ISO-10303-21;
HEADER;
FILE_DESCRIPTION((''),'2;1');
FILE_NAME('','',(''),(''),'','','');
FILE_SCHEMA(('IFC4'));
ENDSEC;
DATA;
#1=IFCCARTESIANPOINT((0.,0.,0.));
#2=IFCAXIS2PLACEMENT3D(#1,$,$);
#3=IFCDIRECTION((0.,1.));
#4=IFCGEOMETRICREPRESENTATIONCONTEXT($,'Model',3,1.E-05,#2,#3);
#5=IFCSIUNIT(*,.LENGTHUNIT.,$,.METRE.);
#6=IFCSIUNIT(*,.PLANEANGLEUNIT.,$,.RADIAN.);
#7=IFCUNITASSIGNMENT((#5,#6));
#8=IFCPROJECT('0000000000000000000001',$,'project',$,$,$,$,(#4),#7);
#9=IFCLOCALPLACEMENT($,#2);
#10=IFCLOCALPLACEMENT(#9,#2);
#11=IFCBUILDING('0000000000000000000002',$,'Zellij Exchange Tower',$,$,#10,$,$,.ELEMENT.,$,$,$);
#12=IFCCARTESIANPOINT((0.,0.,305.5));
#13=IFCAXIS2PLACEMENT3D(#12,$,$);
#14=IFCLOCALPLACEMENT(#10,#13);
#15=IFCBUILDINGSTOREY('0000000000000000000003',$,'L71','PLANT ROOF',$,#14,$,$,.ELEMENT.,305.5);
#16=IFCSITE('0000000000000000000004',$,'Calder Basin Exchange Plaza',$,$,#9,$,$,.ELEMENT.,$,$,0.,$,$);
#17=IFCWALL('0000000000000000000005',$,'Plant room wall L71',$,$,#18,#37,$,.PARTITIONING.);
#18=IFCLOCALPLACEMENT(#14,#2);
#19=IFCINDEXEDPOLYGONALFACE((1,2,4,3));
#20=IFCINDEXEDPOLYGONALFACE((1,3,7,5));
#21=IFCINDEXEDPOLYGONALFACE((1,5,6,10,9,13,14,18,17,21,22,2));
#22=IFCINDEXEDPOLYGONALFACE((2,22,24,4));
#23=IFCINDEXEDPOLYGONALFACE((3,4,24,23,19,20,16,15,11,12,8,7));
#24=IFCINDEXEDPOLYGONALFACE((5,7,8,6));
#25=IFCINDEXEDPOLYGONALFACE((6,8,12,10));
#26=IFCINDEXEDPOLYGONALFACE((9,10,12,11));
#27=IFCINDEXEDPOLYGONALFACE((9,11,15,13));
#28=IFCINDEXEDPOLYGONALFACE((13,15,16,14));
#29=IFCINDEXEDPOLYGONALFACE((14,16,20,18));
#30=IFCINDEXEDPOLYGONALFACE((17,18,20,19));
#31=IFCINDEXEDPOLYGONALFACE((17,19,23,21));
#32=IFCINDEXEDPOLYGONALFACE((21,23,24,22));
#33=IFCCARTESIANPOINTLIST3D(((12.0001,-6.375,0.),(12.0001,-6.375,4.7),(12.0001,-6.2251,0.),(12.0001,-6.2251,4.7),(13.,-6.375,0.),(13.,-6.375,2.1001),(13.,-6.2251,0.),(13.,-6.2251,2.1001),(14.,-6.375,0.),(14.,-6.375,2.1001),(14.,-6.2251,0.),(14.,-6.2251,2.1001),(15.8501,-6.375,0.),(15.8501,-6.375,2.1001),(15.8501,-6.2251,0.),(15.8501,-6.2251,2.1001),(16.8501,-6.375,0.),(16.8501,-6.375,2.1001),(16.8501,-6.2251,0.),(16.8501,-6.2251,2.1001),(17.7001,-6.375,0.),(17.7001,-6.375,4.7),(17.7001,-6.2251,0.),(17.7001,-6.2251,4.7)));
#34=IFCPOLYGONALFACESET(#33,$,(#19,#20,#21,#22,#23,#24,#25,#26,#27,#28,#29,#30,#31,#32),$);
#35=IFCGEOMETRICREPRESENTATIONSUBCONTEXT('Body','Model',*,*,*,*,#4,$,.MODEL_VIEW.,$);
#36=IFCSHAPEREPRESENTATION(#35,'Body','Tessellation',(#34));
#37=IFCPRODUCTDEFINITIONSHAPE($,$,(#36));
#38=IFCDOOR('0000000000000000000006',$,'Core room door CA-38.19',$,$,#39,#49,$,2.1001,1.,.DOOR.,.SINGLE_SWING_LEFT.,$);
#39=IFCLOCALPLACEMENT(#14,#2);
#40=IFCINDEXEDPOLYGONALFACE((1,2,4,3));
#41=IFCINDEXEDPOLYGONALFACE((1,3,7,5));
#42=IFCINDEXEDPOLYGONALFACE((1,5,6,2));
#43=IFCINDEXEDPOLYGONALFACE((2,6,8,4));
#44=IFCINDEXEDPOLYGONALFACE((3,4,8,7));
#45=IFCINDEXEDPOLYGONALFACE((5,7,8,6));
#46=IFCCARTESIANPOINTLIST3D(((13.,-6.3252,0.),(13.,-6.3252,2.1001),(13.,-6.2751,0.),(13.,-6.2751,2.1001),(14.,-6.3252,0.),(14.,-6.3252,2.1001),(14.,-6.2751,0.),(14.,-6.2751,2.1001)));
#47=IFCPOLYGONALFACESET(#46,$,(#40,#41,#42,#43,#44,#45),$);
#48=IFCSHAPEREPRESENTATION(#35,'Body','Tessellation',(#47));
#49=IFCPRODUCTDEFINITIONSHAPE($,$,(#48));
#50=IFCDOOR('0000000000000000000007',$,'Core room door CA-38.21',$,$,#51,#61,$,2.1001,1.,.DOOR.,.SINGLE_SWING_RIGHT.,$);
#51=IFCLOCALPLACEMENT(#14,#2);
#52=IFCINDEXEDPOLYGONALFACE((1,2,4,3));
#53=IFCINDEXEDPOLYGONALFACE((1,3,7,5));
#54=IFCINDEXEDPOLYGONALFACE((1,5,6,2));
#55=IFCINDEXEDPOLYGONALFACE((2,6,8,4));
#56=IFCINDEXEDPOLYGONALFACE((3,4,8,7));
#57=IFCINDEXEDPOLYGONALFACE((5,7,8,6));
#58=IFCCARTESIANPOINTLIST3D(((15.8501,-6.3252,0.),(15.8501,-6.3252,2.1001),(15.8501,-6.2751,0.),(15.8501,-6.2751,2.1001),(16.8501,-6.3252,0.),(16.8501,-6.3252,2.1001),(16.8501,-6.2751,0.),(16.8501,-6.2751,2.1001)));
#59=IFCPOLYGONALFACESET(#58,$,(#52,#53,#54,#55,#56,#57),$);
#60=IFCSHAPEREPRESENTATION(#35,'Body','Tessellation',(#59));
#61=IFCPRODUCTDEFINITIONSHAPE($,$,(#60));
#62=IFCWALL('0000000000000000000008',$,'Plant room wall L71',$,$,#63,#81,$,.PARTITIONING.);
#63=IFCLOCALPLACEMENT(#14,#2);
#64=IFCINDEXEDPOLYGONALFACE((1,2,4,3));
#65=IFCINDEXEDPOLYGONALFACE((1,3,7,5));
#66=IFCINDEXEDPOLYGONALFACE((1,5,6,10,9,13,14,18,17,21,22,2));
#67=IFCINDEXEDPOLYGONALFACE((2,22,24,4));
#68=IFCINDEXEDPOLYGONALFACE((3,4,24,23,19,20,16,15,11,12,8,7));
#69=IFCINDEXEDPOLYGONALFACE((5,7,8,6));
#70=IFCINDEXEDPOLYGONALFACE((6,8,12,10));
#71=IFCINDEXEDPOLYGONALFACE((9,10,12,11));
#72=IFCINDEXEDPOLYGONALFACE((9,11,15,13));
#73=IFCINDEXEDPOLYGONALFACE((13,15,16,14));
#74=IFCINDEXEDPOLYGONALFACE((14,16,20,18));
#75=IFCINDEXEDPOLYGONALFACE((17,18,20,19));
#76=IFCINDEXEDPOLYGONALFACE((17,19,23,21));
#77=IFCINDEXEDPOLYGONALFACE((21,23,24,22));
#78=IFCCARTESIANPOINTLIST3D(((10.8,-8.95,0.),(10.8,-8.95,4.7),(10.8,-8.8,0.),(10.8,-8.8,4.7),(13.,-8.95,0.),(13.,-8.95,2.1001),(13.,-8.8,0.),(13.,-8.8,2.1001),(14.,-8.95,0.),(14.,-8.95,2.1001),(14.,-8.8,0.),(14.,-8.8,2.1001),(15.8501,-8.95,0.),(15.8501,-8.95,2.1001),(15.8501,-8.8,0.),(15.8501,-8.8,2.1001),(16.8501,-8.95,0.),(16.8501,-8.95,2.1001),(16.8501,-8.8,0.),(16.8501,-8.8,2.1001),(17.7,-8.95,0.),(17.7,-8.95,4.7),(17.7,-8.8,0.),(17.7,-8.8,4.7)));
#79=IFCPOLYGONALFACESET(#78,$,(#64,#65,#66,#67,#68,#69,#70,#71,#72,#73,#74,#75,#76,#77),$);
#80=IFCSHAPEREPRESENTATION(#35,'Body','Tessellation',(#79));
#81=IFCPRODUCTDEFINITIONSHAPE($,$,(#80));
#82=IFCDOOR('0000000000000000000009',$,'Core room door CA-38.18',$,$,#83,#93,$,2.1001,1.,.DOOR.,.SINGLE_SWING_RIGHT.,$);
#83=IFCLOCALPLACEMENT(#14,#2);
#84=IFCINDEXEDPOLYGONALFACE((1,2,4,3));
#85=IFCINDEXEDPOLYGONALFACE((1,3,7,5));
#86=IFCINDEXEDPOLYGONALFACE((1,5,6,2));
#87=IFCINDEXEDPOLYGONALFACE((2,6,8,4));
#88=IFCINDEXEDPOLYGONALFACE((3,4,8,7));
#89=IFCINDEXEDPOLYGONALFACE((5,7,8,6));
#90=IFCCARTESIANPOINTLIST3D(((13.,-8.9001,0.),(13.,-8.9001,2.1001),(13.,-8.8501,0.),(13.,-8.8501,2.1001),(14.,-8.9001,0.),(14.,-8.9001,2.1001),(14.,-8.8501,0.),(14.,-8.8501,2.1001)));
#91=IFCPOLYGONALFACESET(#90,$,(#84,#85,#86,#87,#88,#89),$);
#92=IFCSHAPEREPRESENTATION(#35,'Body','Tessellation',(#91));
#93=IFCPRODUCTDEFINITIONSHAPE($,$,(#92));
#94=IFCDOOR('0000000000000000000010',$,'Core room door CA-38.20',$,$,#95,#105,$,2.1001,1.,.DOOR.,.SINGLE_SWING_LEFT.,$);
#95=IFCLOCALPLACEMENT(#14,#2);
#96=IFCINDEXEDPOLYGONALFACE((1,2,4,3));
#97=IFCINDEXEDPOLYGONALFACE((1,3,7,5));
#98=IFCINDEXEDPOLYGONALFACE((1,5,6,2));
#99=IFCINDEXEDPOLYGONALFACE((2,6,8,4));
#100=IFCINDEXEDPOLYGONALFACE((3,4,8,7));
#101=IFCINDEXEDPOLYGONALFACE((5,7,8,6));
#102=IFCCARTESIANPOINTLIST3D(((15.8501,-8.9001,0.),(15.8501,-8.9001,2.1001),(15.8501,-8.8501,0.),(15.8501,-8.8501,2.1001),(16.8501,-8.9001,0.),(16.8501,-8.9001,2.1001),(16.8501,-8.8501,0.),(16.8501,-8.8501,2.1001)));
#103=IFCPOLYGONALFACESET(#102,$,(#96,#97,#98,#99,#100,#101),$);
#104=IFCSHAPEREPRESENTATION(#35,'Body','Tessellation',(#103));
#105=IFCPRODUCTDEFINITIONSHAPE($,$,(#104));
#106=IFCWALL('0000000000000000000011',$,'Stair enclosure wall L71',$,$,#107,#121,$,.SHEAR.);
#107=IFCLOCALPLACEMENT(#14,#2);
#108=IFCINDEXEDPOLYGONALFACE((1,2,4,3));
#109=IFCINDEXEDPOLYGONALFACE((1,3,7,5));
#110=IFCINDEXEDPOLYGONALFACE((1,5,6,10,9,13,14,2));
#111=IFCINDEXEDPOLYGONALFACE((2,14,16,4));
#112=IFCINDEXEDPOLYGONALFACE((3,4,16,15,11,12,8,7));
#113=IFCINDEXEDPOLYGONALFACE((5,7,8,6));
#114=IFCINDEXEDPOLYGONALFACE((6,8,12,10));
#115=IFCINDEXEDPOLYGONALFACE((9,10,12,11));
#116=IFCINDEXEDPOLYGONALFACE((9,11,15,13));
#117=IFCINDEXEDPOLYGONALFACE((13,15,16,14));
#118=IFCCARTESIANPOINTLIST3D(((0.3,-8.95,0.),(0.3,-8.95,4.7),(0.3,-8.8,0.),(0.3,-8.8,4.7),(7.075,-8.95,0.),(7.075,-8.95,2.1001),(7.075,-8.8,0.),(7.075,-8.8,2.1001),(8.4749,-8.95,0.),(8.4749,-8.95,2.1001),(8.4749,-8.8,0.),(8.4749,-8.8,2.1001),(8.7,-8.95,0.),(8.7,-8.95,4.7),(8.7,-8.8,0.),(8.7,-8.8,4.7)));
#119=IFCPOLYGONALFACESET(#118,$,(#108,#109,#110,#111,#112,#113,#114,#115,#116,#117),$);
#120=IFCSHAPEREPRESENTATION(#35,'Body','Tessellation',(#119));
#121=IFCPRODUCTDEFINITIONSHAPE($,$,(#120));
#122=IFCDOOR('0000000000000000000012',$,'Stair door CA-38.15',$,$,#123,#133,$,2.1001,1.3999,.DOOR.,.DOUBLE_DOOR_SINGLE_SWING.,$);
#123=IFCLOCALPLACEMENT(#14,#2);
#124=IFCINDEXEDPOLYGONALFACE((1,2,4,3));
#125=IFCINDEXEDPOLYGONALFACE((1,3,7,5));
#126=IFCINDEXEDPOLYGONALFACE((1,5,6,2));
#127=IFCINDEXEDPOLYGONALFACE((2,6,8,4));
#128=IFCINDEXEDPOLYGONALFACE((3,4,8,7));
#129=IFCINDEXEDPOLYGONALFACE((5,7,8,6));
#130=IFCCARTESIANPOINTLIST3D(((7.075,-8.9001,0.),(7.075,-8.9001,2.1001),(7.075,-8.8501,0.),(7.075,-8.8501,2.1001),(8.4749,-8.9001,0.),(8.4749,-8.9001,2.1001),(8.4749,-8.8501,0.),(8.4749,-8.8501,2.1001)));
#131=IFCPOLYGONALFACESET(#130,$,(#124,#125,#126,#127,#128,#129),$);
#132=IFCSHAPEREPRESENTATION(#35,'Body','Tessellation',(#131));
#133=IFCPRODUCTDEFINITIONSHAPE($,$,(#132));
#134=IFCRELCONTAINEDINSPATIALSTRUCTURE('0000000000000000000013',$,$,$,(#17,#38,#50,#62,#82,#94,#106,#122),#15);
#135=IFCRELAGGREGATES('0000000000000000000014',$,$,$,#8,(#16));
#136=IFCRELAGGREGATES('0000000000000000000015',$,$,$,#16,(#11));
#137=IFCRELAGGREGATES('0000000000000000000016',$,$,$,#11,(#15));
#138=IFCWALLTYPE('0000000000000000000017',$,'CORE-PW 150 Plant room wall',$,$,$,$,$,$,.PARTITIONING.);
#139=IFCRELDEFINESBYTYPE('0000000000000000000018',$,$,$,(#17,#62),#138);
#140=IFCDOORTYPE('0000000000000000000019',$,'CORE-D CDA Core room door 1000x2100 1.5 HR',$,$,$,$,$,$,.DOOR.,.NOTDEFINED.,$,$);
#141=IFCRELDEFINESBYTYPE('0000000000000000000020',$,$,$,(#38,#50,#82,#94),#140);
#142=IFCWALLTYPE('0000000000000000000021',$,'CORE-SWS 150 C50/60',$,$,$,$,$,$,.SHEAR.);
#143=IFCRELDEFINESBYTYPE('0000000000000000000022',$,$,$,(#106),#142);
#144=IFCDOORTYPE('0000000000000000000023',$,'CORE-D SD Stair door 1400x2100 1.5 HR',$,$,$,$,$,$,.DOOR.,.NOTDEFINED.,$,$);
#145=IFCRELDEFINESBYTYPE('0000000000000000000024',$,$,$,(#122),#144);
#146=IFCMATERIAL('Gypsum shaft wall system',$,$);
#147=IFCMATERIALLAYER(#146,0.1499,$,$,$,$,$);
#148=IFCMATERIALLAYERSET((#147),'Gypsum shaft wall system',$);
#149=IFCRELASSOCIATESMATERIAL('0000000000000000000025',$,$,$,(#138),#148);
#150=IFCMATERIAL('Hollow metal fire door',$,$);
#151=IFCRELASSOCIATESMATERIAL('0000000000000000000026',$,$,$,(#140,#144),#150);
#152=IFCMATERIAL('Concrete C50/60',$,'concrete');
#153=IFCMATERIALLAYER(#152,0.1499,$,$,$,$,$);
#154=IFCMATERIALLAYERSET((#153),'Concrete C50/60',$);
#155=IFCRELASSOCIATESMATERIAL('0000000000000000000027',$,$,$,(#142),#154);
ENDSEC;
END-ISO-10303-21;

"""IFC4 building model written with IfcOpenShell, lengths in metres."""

from ifc_helpers import new_model, si_unit, direction, frame, frame_2d, origin, place, context, subcontext, project, spatial, rectangle, extrude, material, layer, layer_set, type_object, element, fill, save


model = new_model("IFC4")

# Units and contexts
model_context = context("Model", 3, precision=1e-05, world=origin(), true_north=direction((0.0, 1.0)))
body_context = subcontext(model_context, "Body", "Model", "MODEL_VIEW")
ifc_project = project(units=[si_unit("LENGTHUNIT", "METRE"), si_unit("PLANEANGLEUNIT", "RADIAN")], contexts=[model_context])

# Site, building, storey
site_placement = place(None, origin())
site = spatial("IfcSite", under=ifc_project, at=site_placement, Name="Calder Basin Exchange Plaza", CompositionType="ELEMENT", RefElevation=0.0)
building_placement = place(site_placement, origin())
building = spatial("IfcBuilding", under=site, at=building_placement, Name="Zellij Exchange Tower", CompositionType="ELEMENT")
storey_placement = place(building_placement, frame((0.0, 0.0, 305.5)))
storey = spatial("IfcBuildingStorey", under=building, at=storey_placement, Name="L71", Description="PLANT ROOF", CompositionType="ELEMENT", Elevation=305.5)

# Shared definitions
ifc_material_1 = material(Name="Concrete C50/60", Category="concrete")

# Shared definitions
ifc_material_2 = material(Name="Gypsum shaft wall system")
ifc_material_3 = material(Name="Hollow metal fire door")
ifc_layer_1 = layer(ifc_material_2, 0.1499)
ifc_layer_set_1 = layer_set([ifc_layer_1], Name="Gypsum shaft wall system")
wall_type_1 = type_object("IfcWallType", Name="CORE-PW 150 Plant room wall", PredefinedType="PARTITIONING", material=ifc_layer_set_1)

# Walls, openings, doors
wall_1_placement = place(storey_placement, frame((12.0, -6.3, 0.0), z_axis=(0.0, 0.0, 1.0), x_axis=(1.0, 0.0, 0.0)))
wall_1 = element("IfcWall", 1, at=wall_1_placement, inside=storey, type_object=wall_type_1, Name="Plant room wall L71", PredefinedType="PARTITIONING", context=body_context, shape_type="SweptSolid", body=[
    extrude(rectangle(XDim=5.7, YDim=0.1499, at=frame_2d((2.8501, 0.0))), origin(), (0.0, 0.0, 1.0), 4.7),
])
opening_1_placement = place(wall_1_placement, frame((1.0, 0.0, 0.0)))
opening_1 = element("IfcOpeningElement", 2, at=opening_1_placement, cuts=wall_1, PredefinedType="OPENING", context=body_context, shape_type="SweptSolid", body=[
    extrude(rectangle(XDim=1.0, YDim=2.1001, at=frame_2d((0.5, 1.05))), frame((0.0, 0.0869, 0.0), z_axis=(0.0, -1.0, 0.0), x_axis=(1.0, 0.0, 0.0)), (0.0, 0.0, 1.0), 0.1738),
])
opening_2_placement = place(wall_1_placement, frame((3.8501, 0.0, 0.0)))
opening_2 = element("IfcOpeningElement", 3, at=opening_2_placement, cuts=wall_1, PredefinedType="OPENING", context=body_context, shape_type="SweptSolid", body=[
    extrude(rectangle(XDim=1.0, YDim=2.1001, at=frame_2d((0.5, 1.05))), frame((0.0, 0.0869, 0.0), z_axis=(0.0, -1.0, 0.0), x_axis=(1.0, 0.0, 0.0)), (0.0, 0.0, 1.0), 0.1738),
])
door_type_1 = type_object("IfcDoorType", Name="CORE-D CDA Core room door 1000x2100 1.5 HR", OperationType="NOTDEFINED", PredefinedType="DOOR", material=ifc_material_3)
door_1_placement = place(opening_1_placement, origin())
door_1 = element("IfcDoor", 4, at=door_1_placement, inside=storey, type_object=door_type_1, Name="Core room door CA-38.19", OperationType="SINGLE_SWING_LEFT", OverallHeight=2.1001, OverallWidth=1.0, PredefinedType="DOOR", context=body_context, shape_type="SweptSolid", body=[
    extrude(rectangle(XDim=1.0, YDim=2.1001, at=frame_2d((0.5, 1.05))), frame((0.0, 0.0249, 0.0), z_axis=(0.0, -1.0, 0.0), x_axis=(1.0, 0.0, 0.0)), (0.0, 0.0, 1.0), 0.05),
])
fill(opening_1, door_1)
door_2_placement = place(opening_2_placement, origin())
door_2 = element("IfcDoor", 5, at=door_2_placement, inside=storey, type_object=door_type_1, Name="Core room door CA-38.21", OperationType="SINGLE_SWING_RIGHT", OverallHeight=2.1001, OverallWidth=1.0, PredefinedType="DOOR", context=body_context, shape_type="SweptSolid", body=[
    extrude(rectangle(XDim=1.0, YDim=2.1001, at=frame_2d((0.5, 1.05))), frame((0.0, 0.0249, 0.0), z_axis=(0.0, -1.0, 0.0), x_axis=(1.0, 0.0, 0.0)), (0.0, 0.0, 1.0), 0.05),
])
fill(opening_2, door_2)
wall_2_placement = place(storey_placement, frame((10.8, -8.875, 0.0), z_axis=(0.0, 0.0, 1.0), x_axis=(1.0, 0.0, 0.0)))
wall_2 = element("IfcWall", 6, at=wall_2_placement, inside=storey, type_object=wall_type_1, Name="Plant room wall L71", PredefinedType="PARTITIONING", context=body_context, shape_type="SweptSolid", body=[
    extrude(rectangle(XDim=6.8999, YDim=0.1499, at=frame_2d((3.45, 0.0))), origin(), (0.0, 0.0, 1.0), 4.7),
])
opening_3_placement = place(wall_2_placement, frame((2.2, 0.0, 0.0)))
opening_3 = element("IfcOpeningElement", 7, at=opening_3_placement, cuts=wall_2, PredefinedType="OPENING", context=body_context, shape_type="SweptSolid", body=[
    extrude(rectangle(XDim=1.0, YDim=2.1001, at=frame_2d((0.5, 1.05))), frame((0.0, 0.0869, 0.0), z_axis=(0.0, -1.0, 0.0), x_axis=(1.0, 0.0, 0.0)), (0.0, 0.0, 1.0), 0.1738),
])
opening_4_placement = place(wall_2_placement, frame((5.05, 0.0, 0.0)))
opening_4 = element("IfcOpeningElement", 8, at=opening_4_placement, cuts=wall_2, PredefinedType="OPENING", context=body_context, shape_type="SweptSolid", body=[
    extrude(rectangle(XDim=1.0, YDim=2.1001, at=frame_2d((0.5, 1.05))), frame((0.0, 0.0869, 0.0), z_axis=(0.0, -1.0, 0.0), x_axis=(1.0, 0.0, 0.0)), (0.0, 0.0, 1.0), 0.1738),
])
door_3_placement = place(opening_3_placement, origin())
door_3 = element("IfcDoor", 9, at=door_3_placement, inside=storey, type_object=door_type_1, Name="Core room door CA-38.18", OperationType="SINGLE_SWING_RIGHT", OverallHeight=2.1001, OverallWidth=1.0, PredefinedType="DOOR", context=body_context, shape_type="SweptSolid", body=[
    extrude(rectangle(XDim=1.0, YDim=2.1001, at=frame_2d((0.5, 1.05))), frame((0.0, 0.0249, 0.0), z_axis=(0.0, -1.0, 0.0), x_axis=(1.0, 0.0, 0.0)), (0.0, 0.0, 1.0), 0.05),
])
fill(opening_3, door_3)
door_4_placement = place(opening_4_placement, origin())
door_4 = element("IfcDoor", 10, at=door_4_placement, inside=storey, type_object=door_type_1, Name="Core room door CA-38.20", OperationType="SINGLE_SWING_LEFT", OverallHeight=2.1001, OverallWidth=1.0, PredefinedType="DOOR", context=body_context, shape_type="SweptSolid", body=[
    extrude(rectangle(XDim=1.0, YDim=2.1001, at=frame_2d((0.5, 1.05))), frame((0.0, 0.0249, 0.0), z_axis=(0.0, -1.0, 0.0), x_axis=(1.0, 0.0, 0.0)), (0.0, 0.0, 1.0), 0.05),
])
fill(opening_4, door_4)

# Wall, opening, door
ifc_layer_2 = layer(ifc_material_1, 0.1499)
ifc_layer_set_2 = layer_set([ifc_layer_2], Name="Concrete C50/60")
wall_type_2 = type_object("IfcWallType", Name="CORE-SWS 150 C50/60", PredefinedType="SHEAR", material=ifc_layer_set_2)
wall_3_placement = place(storey_placement, frame((0.3, -8.875, 0.0), z_axis=(0.0, 0.0, 1.0), x_axis=(1.0, 0.0, 0.0)))
wall_3 = element("IfcWall", 11, at=wall_3_placement, inside=storey, type_object=wall_type_2, Name="Stair enclosure wall L71", PredefinedType="SHEAR", context=body_context, shape_type="SweptSolid", body=[
    extrude(rectangle(XDim=8.3999, YDim=0.1499, at=frame_2d((4.2, 0.0))), origin(), (0.0, 0.0, 1.0), 4.7),
])
opening_5_placement = place(wall_3_placement, frame((6.7749, 0.0, 0.0)))
opening_5 = element("IfcOpeningElement", 12, at=opening_5_placement, cuts=wall_3, PredefinedType="OPENING", context=body_context, shape_type="SweptSolid", body=[
    extrude(rectangle(XDim=1.3999, YDim=2.1001, at=frame_2d((0.7, 1.05))), frame((0.0, 0.0869, 0.0), z_axis=(0.0, -1.0, 0.0), x_axis=(1.0, 0.0, 0.0)), (0.0, 0.0, 1.0), 0.1738),
])
door_type_2 = type_object("IfcDoorType", Name="CORE-D SD Stair door 1400x2100 1.5 HR", OperationType="NOTDEFINED", PredefinedType="DOOR", material=ifc_material_3)
door_5_placement = place(opening_5_placement, origin())
door_5 = element("IfcDoor", 13, at=door_5_placement, inside=storey, type_object=door_type_2, Name="Stair door CA-38.15", OperationType="DOUBLE_DOOR_SINGLE_SWING", OverallHeight=2.1001, OverallWidth=1.3999, PredefinedType="DOOR", context=body_context, shape_type="SweptSolid", body=[
    extrude(rectangle(XDim=1.3999, YDim=2.1001, at=frame_2d((0.7, 1.05))), frame((0.0, 0.0249, 0.0), z_axis=(0.0, -1.0, 0.0), x_axis=(1.0, 0.0, 0.0)), (0.0, 0.0, 1.0), 0.05),
])
fill(opening_5, door_5)

save(model, "model.ifc")
